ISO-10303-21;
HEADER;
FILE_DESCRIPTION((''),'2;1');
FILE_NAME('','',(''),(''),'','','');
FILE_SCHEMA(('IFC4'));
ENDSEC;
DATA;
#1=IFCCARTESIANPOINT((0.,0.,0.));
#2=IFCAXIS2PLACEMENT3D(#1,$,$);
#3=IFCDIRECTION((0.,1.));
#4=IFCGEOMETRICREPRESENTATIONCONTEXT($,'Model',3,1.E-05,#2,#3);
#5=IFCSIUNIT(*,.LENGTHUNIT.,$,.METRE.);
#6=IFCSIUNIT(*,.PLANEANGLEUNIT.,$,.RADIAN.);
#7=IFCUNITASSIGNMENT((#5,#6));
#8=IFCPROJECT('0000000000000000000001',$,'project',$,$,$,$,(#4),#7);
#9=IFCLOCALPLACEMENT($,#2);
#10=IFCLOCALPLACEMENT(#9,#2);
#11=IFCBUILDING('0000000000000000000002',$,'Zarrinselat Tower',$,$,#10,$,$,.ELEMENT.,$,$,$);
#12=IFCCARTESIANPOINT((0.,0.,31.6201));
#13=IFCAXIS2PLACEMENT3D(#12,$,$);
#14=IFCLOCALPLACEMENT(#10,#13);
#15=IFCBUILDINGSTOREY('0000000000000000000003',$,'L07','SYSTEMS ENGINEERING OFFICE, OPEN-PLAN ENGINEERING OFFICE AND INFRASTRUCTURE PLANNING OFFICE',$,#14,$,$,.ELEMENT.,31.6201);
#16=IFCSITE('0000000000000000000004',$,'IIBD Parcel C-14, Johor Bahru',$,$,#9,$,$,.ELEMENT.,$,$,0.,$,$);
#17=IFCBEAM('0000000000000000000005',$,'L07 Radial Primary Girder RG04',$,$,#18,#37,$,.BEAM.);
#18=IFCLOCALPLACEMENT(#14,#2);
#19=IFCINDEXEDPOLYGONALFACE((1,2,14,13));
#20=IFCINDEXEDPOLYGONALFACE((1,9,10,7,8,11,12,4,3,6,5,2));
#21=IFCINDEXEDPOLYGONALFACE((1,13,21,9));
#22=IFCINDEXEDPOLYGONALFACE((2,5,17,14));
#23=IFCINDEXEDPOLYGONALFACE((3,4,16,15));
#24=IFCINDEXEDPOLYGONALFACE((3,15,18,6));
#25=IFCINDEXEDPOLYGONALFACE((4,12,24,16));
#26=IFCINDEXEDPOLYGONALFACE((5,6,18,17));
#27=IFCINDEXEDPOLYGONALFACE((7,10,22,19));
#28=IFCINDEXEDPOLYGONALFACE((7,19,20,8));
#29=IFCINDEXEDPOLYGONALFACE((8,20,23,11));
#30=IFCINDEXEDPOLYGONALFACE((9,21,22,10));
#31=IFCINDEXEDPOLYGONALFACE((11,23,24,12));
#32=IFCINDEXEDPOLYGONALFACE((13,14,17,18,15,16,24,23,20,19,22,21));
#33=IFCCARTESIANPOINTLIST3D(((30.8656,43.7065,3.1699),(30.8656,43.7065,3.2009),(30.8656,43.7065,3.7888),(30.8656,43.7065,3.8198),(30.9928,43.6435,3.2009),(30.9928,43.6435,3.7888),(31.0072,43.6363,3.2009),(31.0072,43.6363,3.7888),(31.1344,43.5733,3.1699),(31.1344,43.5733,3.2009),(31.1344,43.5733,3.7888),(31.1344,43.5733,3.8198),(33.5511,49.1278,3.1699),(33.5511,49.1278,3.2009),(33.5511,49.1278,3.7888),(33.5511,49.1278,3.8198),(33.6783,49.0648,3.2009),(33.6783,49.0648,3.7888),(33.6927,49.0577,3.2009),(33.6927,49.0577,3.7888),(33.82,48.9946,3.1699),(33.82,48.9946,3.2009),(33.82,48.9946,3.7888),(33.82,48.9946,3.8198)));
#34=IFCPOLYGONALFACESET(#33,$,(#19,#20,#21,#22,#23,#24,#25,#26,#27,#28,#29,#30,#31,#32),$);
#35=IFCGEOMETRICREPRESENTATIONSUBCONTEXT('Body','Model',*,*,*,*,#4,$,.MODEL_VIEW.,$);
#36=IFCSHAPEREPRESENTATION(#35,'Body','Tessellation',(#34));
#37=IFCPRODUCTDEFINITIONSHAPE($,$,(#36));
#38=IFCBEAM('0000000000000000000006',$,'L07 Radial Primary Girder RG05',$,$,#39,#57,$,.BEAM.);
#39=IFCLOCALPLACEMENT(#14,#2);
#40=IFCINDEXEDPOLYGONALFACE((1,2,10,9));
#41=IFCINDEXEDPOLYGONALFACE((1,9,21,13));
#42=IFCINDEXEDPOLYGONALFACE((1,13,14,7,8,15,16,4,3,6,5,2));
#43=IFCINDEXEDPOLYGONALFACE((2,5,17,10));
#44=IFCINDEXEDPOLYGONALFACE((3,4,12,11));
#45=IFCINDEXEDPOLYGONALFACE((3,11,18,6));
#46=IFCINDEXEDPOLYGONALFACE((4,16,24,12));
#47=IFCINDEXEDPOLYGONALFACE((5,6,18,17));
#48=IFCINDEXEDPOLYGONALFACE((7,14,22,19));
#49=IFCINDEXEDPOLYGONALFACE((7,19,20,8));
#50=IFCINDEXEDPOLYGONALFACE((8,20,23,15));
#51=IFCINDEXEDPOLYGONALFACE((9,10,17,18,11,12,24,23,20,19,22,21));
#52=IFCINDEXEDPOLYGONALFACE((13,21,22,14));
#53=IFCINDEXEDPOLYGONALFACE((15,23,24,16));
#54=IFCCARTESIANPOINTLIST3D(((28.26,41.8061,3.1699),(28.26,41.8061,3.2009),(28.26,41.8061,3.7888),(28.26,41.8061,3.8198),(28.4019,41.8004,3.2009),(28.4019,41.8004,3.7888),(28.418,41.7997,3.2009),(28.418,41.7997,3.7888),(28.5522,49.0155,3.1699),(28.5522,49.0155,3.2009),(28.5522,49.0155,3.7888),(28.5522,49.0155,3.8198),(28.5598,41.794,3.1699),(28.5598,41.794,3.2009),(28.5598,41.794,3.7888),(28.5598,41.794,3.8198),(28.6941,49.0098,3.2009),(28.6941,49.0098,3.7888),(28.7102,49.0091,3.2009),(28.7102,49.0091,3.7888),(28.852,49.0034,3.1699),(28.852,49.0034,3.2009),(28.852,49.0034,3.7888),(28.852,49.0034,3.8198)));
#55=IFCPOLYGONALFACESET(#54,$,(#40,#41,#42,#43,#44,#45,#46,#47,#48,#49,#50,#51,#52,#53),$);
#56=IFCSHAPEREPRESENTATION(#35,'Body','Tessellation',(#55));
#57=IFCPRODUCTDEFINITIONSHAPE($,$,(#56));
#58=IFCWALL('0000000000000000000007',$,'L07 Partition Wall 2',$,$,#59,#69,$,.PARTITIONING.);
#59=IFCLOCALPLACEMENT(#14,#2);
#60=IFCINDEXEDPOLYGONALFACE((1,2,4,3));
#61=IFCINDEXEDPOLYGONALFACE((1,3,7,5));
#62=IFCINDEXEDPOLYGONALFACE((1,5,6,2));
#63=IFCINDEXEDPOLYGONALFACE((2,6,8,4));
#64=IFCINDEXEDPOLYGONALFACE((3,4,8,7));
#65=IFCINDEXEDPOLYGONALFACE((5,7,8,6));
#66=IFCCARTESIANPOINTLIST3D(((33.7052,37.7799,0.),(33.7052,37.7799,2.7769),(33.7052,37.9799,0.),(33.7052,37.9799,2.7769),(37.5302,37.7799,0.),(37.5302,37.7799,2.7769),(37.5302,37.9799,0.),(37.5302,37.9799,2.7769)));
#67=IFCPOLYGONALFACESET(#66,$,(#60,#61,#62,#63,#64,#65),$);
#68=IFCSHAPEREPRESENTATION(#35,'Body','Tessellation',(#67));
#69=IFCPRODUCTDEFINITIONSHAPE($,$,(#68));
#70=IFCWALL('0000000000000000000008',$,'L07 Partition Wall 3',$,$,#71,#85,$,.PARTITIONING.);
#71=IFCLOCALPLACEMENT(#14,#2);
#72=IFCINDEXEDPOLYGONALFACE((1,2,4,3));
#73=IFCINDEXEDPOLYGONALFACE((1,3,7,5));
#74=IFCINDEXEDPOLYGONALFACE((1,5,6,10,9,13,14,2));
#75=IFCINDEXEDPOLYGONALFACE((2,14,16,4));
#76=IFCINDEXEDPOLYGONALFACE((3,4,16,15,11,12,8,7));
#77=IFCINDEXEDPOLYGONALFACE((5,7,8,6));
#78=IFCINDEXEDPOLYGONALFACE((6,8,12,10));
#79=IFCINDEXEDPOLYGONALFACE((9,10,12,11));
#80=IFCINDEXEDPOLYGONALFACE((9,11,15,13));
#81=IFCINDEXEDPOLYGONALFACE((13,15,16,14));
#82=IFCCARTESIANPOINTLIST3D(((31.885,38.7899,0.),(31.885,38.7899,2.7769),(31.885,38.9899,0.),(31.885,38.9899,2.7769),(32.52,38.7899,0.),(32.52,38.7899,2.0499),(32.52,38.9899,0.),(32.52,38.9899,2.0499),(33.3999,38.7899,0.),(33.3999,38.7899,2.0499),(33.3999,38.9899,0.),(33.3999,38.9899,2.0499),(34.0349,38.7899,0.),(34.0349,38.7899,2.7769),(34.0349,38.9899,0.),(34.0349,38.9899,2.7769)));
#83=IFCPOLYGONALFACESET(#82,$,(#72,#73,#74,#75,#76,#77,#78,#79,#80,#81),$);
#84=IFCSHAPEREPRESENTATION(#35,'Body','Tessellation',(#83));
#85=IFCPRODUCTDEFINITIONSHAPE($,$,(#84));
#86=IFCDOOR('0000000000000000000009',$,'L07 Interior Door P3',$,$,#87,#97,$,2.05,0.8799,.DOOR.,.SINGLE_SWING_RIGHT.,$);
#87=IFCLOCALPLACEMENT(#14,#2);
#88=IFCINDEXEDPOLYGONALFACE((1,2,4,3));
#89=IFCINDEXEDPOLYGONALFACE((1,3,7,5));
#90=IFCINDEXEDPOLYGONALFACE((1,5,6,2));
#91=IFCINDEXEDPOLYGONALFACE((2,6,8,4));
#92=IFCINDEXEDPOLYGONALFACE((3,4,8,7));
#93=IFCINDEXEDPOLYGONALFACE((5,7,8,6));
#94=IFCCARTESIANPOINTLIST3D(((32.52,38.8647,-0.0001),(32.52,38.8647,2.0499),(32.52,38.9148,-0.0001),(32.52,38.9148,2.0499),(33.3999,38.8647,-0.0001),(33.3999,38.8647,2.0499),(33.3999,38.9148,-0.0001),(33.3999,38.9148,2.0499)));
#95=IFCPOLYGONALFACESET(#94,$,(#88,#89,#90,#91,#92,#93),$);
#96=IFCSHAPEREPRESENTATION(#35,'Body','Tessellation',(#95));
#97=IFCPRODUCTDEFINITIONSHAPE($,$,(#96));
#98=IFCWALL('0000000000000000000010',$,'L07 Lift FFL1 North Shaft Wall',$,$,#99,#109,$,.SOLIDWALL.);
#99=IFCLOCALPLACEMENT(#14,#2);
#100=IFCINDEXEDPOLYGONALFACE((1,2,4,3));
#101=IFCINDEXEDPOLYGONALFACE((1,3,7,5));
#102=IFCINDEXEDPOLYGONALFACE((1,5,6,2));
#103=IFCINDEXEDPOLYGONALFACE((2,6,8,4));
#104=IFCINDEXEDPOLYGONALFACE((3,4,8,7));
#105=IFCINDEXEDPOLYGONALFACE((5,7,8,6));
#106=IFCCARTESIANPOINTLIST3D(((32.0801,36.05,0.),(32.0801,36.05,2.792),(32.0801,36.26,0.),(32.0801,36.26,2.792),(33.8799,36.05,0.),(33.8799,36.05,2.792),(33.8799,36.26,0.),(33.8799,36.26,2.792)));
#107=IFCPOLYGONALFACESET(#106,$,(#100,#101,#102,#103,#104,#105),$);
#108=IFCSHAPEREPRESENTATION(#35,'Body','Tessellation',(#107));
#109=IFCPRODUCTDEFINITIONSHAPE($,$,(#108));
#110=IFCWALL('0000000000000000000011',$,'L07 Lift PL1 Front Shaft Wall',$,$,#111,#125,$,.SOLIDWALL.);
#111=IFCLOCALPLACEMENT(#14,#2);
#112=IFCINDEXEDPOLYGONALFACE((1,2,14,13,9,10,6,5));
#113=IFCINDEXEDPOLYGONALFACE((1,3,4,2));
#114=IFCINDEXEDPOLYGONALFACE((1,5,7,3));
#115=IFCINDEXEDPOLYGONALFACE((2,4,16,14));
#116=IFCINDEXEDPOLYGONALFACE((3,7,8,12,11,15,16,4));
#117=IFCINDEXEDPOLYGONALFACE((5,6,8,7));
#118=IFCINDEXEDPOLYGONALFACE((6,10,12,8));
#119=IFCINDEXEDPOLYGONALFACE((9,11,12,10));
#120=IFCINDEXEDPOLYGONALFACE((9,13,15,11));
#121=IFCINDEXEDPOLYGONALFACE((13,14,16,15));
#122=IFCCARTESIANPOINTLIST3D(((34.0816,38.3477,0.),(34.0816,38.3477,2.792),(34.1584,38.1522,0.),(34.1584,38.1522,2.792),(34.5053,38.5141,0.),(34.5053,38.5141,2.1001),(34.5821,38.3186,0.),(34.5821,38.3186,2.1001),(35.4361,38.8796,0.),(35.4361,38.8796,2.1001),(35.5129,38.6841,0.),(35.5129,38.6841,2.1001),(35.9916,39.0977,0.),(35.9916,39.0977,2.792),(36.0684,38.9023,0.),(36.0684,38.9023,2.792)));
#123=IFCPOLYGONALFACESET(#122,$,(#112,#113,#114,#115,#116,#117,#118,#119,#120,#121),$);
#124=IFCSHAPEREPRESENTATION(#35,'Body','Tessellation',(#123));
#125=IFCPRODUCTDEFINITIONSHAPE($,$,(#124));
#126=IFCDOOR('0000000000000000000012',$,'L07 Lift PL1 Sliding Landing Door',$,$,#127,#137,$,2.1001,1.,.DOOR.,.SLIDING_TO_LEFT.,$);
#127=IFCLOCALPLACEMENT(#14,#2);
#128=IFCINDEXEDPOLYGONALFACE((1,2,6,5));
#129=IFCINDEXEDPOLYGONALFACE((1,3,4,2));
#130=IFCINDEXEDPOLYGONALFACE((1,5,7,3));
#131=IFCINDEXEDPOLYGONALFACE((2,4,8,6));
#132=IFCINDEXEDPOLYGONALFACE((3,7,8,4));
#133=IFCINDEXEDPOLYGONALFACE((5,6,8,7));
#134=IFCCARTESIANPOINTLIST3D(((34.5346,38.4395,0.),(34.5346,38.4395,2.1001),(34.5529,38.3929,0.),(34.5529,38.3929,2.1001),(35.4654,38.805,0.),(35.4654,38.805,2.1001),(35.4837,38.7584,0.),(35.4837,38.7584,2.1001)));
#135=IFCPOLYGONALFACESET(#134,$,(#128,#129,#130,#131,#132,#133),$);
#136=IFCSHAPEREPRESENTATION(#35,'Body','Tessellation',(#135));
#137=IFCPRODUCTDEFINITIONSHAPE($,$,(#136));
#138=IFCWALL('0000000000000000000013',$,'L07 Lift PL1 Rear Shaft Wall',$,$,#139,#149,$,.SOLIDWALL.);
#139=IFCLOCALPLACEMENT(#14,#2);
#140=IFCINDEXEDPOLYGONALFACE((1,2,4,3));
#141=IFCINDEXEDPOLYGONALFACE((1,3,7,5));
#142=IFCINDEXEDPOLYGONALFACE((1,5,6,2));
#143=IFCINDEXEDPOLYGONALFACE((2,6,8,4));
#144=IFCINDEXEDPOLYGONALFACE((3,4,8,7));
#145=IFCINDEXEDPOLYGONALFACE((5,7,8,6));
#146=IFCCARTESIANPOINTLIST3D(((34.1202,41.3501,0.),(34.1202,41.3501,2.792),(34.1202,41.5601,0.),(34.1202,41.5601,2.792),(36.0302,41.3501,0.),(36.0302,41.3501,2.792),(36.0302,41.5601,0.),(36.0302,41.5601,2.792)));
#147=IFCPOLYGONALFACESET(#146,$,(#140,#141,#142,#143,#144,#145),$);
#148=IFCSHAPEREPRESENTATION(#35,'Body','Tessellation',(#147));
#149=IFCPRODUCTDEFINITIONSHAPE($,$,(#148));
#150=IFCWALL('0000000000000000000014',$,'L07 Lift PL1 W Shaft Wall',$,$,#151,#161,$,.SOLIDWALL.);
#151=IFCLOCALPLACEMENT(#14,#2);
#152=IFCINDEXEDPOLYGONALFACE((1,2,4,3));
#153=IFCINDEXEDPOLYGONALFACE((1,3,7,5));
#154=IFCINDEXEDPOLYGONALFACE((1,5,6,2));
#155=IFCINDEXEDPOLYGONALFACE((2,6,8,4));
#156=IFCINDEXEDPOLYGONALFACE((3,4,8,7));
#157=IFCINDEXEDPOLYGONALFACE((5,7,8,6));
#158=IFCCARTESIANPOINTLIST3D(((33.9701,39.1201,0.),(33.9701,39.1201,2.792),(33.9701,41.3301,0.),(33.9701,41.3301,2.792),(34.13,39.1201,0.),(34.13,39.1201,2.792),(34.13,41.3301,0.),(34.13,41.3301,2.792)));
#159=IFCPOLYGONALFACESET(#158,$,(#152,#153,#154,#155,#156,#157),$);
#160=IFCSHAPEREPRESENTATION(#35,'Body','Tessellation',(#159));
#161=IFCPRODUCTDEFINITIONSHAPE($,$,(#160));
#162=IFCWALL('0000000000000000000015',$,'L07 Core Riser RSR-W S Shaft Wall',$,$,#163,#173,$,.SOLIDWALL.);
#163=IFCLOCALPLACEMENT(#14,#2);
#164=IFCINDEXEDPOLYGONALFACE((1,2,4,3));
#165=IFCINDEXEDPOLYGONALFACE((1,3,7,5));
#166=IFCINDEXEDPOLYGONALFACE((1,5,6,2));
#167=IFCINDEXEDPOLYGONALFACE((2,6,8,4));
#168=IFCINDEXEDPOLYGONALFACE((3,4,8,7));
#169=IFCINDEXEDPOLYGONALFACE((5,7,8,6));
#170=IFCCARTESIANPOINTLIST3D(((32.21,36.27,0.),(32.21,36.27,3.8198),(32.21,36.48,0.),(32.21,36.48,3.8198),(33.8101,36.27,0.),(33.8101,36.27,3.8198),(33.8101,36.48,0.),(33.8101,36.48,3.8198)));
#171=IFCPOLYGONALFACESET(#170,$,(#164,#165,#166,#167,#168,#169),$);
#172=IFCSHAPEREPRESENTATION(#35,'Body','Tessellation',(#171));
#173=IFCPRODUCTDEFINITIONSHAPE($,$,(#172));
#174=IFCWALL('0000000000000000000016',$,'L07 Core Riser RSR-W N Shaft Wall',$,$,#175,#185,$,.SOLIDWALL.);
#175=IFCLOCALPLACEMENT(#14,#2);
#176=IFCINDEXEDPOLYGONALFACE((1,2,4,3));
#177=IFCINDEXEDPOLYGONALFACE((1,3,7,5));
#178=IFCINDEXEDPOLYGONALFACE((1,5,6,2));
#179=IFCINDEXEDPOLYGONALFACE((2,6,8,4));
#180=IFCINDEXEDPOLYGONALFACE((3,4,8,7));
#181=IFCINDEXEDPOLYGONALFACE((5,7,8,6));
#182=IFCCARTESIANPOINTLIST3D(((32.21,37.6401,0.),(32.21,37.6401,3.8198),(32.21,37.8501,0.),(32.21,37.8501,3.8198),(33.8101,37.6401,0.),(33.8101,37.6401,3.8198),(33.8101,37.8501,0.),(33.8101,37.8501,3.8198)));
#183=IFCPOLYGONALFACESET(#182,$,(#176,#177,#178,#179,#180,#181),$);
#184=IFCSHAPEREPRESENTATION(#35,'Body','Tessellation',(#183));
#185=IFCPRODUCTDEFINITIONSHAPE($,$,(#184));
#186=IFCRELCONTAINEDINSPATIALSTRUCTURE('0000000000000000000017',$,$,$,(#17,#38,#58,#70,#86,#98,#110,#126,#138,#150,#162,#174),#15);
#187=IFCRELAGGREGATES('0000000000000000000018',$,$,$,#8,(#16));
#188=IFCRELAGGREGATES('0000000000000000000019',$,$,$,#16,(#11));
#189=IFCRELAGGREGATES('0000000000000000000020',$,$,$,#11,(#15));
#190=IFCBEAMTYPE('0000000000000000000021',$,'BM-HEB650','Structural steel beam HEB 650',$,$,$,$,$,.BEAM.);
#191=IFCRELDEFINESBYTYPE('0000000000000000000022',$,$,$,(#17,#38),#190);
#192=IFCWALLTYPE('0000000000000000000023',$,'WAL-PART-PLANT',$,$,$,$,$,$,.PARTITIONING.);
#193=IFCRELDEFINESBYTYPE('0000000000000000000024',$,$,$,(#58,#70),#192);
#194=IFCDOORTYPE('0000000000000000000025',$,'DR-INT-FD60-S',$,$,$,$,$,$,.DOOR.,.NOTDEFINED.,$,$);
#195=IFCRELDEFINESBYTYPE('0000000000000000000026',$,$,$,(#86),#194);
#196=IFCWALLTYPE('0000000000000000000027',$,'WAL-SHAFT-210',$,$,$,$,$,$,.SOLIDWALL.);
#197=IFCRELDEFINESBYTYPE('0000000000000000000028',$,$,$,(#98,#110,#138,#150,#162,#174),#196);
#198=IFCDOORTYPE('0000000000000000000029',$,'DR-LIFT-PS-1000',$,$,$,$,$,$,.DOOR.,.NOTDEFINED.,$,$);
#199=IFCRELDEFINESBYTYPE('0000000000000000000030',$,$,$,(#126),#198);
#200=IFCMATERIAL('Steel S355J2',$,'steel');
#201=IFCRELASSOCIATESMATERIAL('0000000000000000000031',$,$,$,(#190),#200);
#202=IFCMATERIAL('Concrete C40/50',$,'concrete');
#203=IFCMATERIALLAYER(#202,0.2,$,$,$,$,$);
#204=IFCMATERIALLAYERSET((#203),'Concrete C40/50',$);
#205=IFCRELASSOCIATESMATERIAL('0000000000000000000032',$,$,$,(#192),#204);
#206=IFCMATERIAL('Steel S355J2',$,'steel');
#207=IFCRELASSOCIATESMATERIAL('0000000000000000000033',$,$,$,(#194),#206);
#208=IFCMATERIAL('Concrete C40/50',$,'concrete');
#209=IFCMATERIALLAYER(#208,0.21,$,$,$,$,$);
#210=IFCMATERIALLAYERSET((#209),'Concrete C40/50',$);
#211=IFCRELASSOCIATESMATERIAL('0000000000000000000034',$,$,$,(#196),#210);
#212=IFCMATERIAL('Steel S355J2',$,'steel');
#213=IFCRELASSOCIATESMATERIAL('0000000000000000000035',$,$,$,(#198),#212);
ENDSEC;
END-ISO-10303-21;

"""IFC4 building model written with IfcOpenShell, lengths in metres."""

from ifc_helpers import new_model, si_unit, direction, frame, frame_2d, origin, origin_2d, place, context, subcontext, project, spatial, rectangle, i_section, extrude, material, layer, layer_set, material_profile, profile_set, type_object, element, fill, save


model = new_model("IFC4")

# Units and contexts
model_context = context("Model", 3, precision=1e-05, world=origin(), true_north=direction((0.0, 1.0)))
body_context = subcontext(model_context, "Body", "Model", "MODEL_VIEW")
ifc_project = project(units=[si_unit("LENGTHUNIT", "METRE"), si_unit("PLANEANGLEUNIT", "RADIAN")], contexts=[model_context])

# Site, building, storey
site_placement = place(None, origin())
site = spatial("IfcSite", under=ifc_project, at=site_placement, Name="IIBD Parcel C-14, Johor Bahru", CompositionType="ELEMENT", RefElevation=0.0)
building_placement = place(site_placement, origin())
building = spatial("IfcBuilding", under=site, at=building_placement, Name="Zarrinselat Tower", CompositionType="ELEMENT")
storey_placement = place(building_placement, frame((0.0, 0.0, 31.6201)))
storey = spatial("IfcBuildingStorey", under=building, at=storey_placement, Name="L07", Description="SYSTEMS ENGINEERING OFFICE, OPEN-PLAN ENGINEERING OFFICE AND INFRASTRUCTURE PLANNING OFFICE", CompositionType="ELEMENT", Elevation=31.6201)

# Beams
ifc_material_1 = material(Name="Steel S355J2", Category="steel")
ifc_material_profile = material_profile(ifc_material_1, i_section(OverallWidth=0.3, OverallDepth=0.6499, WebThickness=0.0161, FlangeThickness=0.031, at=origin_2d()), Name="HEB 650")
ifc_profile_set = profile_set([ifc_material_profile], Name="Steel S355J2")
beam_type = type_object("IfcBeamType", Name="BM-HEB650", Description="Structural steel beam HEB 650", PredefinedType="BEAM", material=ifc_profile_set)
beam_1_placement = place(storey_placement, frame((31.0, 43.6399, 3.4949), z_axis=(0.443885, 0.896084, 0.0), x_axis=(-0.896084, 0.443885, 0.0)))
element("IfcBeam", 1, at=beam_1_placement, inside=storey, type_object=beam_type, Name="L07 Radial Primary Girder RG04", PredefinedType="BEAM", context=body_context, shape_type="SweptSolid", body=[
    extrude(i_section(OverallWidth=0.3, OverallDepth=0.6499, WebThickness=0.0161, FlangeThickness=0.031, at=origin_2d()), origin(), (0.0, 0.0, 1.0), 6.05),
])
beam_2_placement = place(storey_placement, frame((28.4099, 41.8, 3.4949), z_axis=(0.040502, 0.999179, 0.0), x_axis=(-0.999179, 0.040502, 0.0)))
element("IfcBeam", 2, at=beam_2_placement, inside=storey, type_object=beam_type, Name="L07 Radial Primary Girder RG05", PredefinedType="BEAM", context=body_context, shape_type="SweptSolid", body=[
    extrude(i_section(OverallWidth=0.3, OverallDepth=0.6499, WebThickness=0.0161, FlangeThickness=0.031, at=origin_2d()), origin(), (0.0, 0.0, 1.0), 7.2153),
])

# Wall
ifc_material_2 = material(Name="Concrete C40/50", Category="concrete")
ifc_layer_1 = layer(ifc_material_2, 0.2)
ifc_layer_set_1 = layer_set([ifc_layer_1], Name="Concrete C40/50")
wall_type_1 = type_object("IfcWallType", Name="WAL-PART-PLANT", PredefinedType="PARTITIONING", material=ifc_layer_set_1)
wall_1_placement = place(storey_placement, frame((33.7051, 37.8799, 0.0), z_axis=(0.0, 0.0, 1.0), x_axis=(1.0, 0.0, 0.0)))
element("IfcWall", 3, at=wall_1_placement, inside=storey, type_object=wall_type_1, Name="L07 Partition Wall 2", PredefinedType="PARTITIONING", context=body_context, shape_type="SweptSolid", body=[
    extrude(rectangle(XDim=3.825, YDim=0.2, at=frame_2d((1.9126, 0.0))), origin(), (0.0, 0.0, 1.0), 2.7769),
])

# Wall, opening, door
wall_2_placement = place(storey_placement, frame((31.885, 38.8899, 0.0), z_axis=(0.0, 0.0, 1.0), x_axis=(1.0, 0.0, 0.0)))
wall_2 = element("IfcWall", 4, at=wall_2_placement, inside=storey, type_object=wall_type_1, Name="L07 Partition Wall 3", PredefinedType="PARTITIONING", context=body_context, shape_type="SweptSolid", body=[
    extrude(rectangle(XDim=2.1499, YDim=0.2, at=frame_2d((1.075, 0.0))), origin(), (0.0, 0.0, 1.0), 2.7769),
])
opening_1_placement = place(wall_2_placement, frame((0.635, 0.0, 0.0)))
opening_1 = element("IfcOpeningElement", 5, at=opening_1_placement, cuts=wall_2, PredefinedType="OPENING", context=body_context, shape_type="SweptSolid", body=[
    extrude(rectangle(XDim=0.8799, YDim=2.05, at=frame_2d((0.4399, 1.0249))), frame((0.0, 0.1099, 0.0), z_axis=(0.0, -1.0, 0.0), x_axis=(1.0, 0.0, 0.0)), (0.0, 0.0, 1.0), 0.22),
])
ifc_material_3 = material(Name="Steel S355J2", Category="steel")
door_type_1 = type_object("IfcDoorType", Name="DR-INT-FD60-S", OperationType="NOTDEFINED", PredefinedType="DOOR", material=ifc_material_3)
door_1_placement = place(opening_1_placement, origin())
door_1 = element("IfcDoor", 6, at=door_1_placement, inside=storey, type_object=door_type_1, Name="L07 Interior Door P3", OperationType="SINGLE_SWING_RIGHT", OverallHeight=2.05, OverallWidth=0.8799, PredefinedType="DOOR", context=body_context, shape_type="SweptSolid", body=[
    extrude(rectangle(XDim=0.8799, YDim=2.05, at=frame_2d((0.4399, 1.0249))), frame((0.0, 0.0249, 0.0), z_axis=(0.0, -1.0, 0.0), x_axis=(1.0, 0.0, 0.0)), (0.0, 0.0, 1.0), 0.05),
])
fill(opening_1, door_1)

# Wall
ifc_material_4 = material(Name="Concrete C40/50", Category="concrete")
ifc_layer_2 = layer(ifc_material_4, 0.21)
ifc_layer_set_2 = layer_set([ifc_layer_2], Name="Concrete C40/50")
wall_type_2 = type_object("IfcWallType", Name="WAL-SHAFT-210", PredefinedType="SOLIDWALL", material=ifc_layer_set_2)
wall_3_placement = place(storey_placement, frame((32.0801, 36.155, 0.0), z_axis=(0.0, 0.0, 1.0), x_axis=(1.0, 0.0, 0.0)))
element("IfcWall", 7, at=wall_3_placement, inside=storey, type_object=wall_type_2, Name="L07 Lift FFL1 North Shaft Wall", PredefinedType="SOLIDWALL", context=body_context, shape_type="SweptSolid", body=[
    extrude(rectangle(XDim=1.7998, YDim=0.21, at=frame_2d((0.8999, 0.0))), origin(), (0.0, 0.0, 1.0), 2.792),
])

# Wall, opening, door
wall_4_placement = place(storey_placement, frame((34.1201, 38.25, 0.0), z_axis=(0.0, 0.0, 1.0), x_axis=(0.930805, 0.365516, 0.0)))
wall_4 = element("IfcWall", 8, at=wall_4_placement, inside=storey, type_object=wall_type_2, Name="L07 Lift PL1 Front Shaft Wall", PredefinedType="SOLIDWALL", context=body_context, shape_type="SweptSolid", body=[
    extrude(rectangle(XDim=2.052, YDim=0.21, at=frame_2d((1.0259, 0.0))), origin(), (0.0, 0.0, 1.0), 2.792),
])
opening_2_placement = place(wall_4_placement, frame((0.4551, 0.0, 0.0)))
opening_2 = element("IfcOpeningElement", 9, at=opening_2_placement, cuts=wall_4, PredefinedType="OPENING", context=body_context, shape_type="SweptSolid", body=[
    extrude(rectangle(XDim=1.0, YDim=2.1001, at=frame_2d((0.5, 1.05))), frame((0.0, 0.115, 0.0), z_axis=(0.0, -1.0, 0.0), x_axis=(1.0, 0.0, 0.0)), (0.0, 0.0, 1.0), 0.23),
])
ifc_material_5 = material(Name="Steel S355J2", Category="steel")
door_type_2 = type_object("IfcDoorType", Name="DR-LIFT-PS-1000", OperationType="NOTDEFINED", PredefinedType="DOOR", material=ifc_material_5)
door_2_placement = place(opening_2_placement, origin())
door_2 = element("IfcDoor", 10, at=door_2_placement, inside=storey, type_object=door_type_2, Name="L07 Lift PL1 Sliding Landing Door", OperationType="SLIDING_TO_LEFT", OverallHeight=2.1001, OverallWidth=1.0, PredefinedType="DOOR", context=body_context, shape_type="SweptSolid", body=[
    extrude(rectangle(XDim=1.0, YDim=2.1001, at=frame_2d((0.5, 1.05))), frame((0.0, 0.0249, 0.0), z_axis=(0.0, -1.0, 0.0), x_axis=(1.0, 0.0, 0.0)), (0.0, 0.0, 1.0), 0.05),
])
fill(opening_2, door_2)

# Walls
wall_5_placement = place(storey_placement, frame((34.1201, 41.4551, 0.0), z_axis=(0.0, 0.0, 1.0), x_axis=(1.0, 0.0, 0.0)))
element("IfcWall", 11, at=wall_5_placement, inside=storey, type_object=wall_type_2, Name="L07 Lift PL1 Rear Shaft Wall", PredefinedType="SOLIDWALL", context=body_context, shape_type="SweptSolid", body=[
    extrude(rectangle(XDim=1.9099, YDim=0.21, at=frame_2d((0.9551, 0.0))), origin(), (0.0, 0.0, 1.0), 2.792),
])
wall_6_placement = place(storey_placement, frame((34.05, 39.1201, 0.0), z_axis=(0.0, 0.0, 1.0), x_axis=(0.0, 1.0, 0.0)))
element("IfcWall", 12, at=wall_6_placement, inside=storey, type_object=wall_type_2, Name="L07 Lift PL1 W Shaft Wall", PredefinedType="SOLIDWALL", context=body_context, shape_type="SweptSolid", body=[
    extrude(rectangle(XDim=2.21, YDim=0.1599, at=frame_2d((1.105, 0.0))), origin(), (0.0, 0.0, 1.0), 2.792),
])
for number, where, z_axis, x_axis, name in (
    (13, (32.21, 36.375, 0.0), (0.0, 0.0, 1.0), (1.0, 0.0, 0.0), "L07 Core Riser RSR-W S Shaft Wall"),
    (14, (32.21, 37.7451, 0.0), (0.0, 0.0, 1.0), (1.0, 0.0, 0.0), "L07 Core Riser RSR-W N Shaft Wall"),
):
    element("IfcWall", number, at=place(storey_placement, frame(where, z_axis=z_axis, x_axis=x_axis)), inside=storey, type_object=wall_type_2, Name=name, PredefinedType="SOLIDWALL", context=body_context, shape_type="SweptSolid", body=[
        extrude(rectangle(XDim=1.6001, YDim=0.21, at=frame_2d((0.8, 0.0))), origin(), (0.0, 0.0, 1.0), 3.8198),
    ])

save(model, "model.ifc")
